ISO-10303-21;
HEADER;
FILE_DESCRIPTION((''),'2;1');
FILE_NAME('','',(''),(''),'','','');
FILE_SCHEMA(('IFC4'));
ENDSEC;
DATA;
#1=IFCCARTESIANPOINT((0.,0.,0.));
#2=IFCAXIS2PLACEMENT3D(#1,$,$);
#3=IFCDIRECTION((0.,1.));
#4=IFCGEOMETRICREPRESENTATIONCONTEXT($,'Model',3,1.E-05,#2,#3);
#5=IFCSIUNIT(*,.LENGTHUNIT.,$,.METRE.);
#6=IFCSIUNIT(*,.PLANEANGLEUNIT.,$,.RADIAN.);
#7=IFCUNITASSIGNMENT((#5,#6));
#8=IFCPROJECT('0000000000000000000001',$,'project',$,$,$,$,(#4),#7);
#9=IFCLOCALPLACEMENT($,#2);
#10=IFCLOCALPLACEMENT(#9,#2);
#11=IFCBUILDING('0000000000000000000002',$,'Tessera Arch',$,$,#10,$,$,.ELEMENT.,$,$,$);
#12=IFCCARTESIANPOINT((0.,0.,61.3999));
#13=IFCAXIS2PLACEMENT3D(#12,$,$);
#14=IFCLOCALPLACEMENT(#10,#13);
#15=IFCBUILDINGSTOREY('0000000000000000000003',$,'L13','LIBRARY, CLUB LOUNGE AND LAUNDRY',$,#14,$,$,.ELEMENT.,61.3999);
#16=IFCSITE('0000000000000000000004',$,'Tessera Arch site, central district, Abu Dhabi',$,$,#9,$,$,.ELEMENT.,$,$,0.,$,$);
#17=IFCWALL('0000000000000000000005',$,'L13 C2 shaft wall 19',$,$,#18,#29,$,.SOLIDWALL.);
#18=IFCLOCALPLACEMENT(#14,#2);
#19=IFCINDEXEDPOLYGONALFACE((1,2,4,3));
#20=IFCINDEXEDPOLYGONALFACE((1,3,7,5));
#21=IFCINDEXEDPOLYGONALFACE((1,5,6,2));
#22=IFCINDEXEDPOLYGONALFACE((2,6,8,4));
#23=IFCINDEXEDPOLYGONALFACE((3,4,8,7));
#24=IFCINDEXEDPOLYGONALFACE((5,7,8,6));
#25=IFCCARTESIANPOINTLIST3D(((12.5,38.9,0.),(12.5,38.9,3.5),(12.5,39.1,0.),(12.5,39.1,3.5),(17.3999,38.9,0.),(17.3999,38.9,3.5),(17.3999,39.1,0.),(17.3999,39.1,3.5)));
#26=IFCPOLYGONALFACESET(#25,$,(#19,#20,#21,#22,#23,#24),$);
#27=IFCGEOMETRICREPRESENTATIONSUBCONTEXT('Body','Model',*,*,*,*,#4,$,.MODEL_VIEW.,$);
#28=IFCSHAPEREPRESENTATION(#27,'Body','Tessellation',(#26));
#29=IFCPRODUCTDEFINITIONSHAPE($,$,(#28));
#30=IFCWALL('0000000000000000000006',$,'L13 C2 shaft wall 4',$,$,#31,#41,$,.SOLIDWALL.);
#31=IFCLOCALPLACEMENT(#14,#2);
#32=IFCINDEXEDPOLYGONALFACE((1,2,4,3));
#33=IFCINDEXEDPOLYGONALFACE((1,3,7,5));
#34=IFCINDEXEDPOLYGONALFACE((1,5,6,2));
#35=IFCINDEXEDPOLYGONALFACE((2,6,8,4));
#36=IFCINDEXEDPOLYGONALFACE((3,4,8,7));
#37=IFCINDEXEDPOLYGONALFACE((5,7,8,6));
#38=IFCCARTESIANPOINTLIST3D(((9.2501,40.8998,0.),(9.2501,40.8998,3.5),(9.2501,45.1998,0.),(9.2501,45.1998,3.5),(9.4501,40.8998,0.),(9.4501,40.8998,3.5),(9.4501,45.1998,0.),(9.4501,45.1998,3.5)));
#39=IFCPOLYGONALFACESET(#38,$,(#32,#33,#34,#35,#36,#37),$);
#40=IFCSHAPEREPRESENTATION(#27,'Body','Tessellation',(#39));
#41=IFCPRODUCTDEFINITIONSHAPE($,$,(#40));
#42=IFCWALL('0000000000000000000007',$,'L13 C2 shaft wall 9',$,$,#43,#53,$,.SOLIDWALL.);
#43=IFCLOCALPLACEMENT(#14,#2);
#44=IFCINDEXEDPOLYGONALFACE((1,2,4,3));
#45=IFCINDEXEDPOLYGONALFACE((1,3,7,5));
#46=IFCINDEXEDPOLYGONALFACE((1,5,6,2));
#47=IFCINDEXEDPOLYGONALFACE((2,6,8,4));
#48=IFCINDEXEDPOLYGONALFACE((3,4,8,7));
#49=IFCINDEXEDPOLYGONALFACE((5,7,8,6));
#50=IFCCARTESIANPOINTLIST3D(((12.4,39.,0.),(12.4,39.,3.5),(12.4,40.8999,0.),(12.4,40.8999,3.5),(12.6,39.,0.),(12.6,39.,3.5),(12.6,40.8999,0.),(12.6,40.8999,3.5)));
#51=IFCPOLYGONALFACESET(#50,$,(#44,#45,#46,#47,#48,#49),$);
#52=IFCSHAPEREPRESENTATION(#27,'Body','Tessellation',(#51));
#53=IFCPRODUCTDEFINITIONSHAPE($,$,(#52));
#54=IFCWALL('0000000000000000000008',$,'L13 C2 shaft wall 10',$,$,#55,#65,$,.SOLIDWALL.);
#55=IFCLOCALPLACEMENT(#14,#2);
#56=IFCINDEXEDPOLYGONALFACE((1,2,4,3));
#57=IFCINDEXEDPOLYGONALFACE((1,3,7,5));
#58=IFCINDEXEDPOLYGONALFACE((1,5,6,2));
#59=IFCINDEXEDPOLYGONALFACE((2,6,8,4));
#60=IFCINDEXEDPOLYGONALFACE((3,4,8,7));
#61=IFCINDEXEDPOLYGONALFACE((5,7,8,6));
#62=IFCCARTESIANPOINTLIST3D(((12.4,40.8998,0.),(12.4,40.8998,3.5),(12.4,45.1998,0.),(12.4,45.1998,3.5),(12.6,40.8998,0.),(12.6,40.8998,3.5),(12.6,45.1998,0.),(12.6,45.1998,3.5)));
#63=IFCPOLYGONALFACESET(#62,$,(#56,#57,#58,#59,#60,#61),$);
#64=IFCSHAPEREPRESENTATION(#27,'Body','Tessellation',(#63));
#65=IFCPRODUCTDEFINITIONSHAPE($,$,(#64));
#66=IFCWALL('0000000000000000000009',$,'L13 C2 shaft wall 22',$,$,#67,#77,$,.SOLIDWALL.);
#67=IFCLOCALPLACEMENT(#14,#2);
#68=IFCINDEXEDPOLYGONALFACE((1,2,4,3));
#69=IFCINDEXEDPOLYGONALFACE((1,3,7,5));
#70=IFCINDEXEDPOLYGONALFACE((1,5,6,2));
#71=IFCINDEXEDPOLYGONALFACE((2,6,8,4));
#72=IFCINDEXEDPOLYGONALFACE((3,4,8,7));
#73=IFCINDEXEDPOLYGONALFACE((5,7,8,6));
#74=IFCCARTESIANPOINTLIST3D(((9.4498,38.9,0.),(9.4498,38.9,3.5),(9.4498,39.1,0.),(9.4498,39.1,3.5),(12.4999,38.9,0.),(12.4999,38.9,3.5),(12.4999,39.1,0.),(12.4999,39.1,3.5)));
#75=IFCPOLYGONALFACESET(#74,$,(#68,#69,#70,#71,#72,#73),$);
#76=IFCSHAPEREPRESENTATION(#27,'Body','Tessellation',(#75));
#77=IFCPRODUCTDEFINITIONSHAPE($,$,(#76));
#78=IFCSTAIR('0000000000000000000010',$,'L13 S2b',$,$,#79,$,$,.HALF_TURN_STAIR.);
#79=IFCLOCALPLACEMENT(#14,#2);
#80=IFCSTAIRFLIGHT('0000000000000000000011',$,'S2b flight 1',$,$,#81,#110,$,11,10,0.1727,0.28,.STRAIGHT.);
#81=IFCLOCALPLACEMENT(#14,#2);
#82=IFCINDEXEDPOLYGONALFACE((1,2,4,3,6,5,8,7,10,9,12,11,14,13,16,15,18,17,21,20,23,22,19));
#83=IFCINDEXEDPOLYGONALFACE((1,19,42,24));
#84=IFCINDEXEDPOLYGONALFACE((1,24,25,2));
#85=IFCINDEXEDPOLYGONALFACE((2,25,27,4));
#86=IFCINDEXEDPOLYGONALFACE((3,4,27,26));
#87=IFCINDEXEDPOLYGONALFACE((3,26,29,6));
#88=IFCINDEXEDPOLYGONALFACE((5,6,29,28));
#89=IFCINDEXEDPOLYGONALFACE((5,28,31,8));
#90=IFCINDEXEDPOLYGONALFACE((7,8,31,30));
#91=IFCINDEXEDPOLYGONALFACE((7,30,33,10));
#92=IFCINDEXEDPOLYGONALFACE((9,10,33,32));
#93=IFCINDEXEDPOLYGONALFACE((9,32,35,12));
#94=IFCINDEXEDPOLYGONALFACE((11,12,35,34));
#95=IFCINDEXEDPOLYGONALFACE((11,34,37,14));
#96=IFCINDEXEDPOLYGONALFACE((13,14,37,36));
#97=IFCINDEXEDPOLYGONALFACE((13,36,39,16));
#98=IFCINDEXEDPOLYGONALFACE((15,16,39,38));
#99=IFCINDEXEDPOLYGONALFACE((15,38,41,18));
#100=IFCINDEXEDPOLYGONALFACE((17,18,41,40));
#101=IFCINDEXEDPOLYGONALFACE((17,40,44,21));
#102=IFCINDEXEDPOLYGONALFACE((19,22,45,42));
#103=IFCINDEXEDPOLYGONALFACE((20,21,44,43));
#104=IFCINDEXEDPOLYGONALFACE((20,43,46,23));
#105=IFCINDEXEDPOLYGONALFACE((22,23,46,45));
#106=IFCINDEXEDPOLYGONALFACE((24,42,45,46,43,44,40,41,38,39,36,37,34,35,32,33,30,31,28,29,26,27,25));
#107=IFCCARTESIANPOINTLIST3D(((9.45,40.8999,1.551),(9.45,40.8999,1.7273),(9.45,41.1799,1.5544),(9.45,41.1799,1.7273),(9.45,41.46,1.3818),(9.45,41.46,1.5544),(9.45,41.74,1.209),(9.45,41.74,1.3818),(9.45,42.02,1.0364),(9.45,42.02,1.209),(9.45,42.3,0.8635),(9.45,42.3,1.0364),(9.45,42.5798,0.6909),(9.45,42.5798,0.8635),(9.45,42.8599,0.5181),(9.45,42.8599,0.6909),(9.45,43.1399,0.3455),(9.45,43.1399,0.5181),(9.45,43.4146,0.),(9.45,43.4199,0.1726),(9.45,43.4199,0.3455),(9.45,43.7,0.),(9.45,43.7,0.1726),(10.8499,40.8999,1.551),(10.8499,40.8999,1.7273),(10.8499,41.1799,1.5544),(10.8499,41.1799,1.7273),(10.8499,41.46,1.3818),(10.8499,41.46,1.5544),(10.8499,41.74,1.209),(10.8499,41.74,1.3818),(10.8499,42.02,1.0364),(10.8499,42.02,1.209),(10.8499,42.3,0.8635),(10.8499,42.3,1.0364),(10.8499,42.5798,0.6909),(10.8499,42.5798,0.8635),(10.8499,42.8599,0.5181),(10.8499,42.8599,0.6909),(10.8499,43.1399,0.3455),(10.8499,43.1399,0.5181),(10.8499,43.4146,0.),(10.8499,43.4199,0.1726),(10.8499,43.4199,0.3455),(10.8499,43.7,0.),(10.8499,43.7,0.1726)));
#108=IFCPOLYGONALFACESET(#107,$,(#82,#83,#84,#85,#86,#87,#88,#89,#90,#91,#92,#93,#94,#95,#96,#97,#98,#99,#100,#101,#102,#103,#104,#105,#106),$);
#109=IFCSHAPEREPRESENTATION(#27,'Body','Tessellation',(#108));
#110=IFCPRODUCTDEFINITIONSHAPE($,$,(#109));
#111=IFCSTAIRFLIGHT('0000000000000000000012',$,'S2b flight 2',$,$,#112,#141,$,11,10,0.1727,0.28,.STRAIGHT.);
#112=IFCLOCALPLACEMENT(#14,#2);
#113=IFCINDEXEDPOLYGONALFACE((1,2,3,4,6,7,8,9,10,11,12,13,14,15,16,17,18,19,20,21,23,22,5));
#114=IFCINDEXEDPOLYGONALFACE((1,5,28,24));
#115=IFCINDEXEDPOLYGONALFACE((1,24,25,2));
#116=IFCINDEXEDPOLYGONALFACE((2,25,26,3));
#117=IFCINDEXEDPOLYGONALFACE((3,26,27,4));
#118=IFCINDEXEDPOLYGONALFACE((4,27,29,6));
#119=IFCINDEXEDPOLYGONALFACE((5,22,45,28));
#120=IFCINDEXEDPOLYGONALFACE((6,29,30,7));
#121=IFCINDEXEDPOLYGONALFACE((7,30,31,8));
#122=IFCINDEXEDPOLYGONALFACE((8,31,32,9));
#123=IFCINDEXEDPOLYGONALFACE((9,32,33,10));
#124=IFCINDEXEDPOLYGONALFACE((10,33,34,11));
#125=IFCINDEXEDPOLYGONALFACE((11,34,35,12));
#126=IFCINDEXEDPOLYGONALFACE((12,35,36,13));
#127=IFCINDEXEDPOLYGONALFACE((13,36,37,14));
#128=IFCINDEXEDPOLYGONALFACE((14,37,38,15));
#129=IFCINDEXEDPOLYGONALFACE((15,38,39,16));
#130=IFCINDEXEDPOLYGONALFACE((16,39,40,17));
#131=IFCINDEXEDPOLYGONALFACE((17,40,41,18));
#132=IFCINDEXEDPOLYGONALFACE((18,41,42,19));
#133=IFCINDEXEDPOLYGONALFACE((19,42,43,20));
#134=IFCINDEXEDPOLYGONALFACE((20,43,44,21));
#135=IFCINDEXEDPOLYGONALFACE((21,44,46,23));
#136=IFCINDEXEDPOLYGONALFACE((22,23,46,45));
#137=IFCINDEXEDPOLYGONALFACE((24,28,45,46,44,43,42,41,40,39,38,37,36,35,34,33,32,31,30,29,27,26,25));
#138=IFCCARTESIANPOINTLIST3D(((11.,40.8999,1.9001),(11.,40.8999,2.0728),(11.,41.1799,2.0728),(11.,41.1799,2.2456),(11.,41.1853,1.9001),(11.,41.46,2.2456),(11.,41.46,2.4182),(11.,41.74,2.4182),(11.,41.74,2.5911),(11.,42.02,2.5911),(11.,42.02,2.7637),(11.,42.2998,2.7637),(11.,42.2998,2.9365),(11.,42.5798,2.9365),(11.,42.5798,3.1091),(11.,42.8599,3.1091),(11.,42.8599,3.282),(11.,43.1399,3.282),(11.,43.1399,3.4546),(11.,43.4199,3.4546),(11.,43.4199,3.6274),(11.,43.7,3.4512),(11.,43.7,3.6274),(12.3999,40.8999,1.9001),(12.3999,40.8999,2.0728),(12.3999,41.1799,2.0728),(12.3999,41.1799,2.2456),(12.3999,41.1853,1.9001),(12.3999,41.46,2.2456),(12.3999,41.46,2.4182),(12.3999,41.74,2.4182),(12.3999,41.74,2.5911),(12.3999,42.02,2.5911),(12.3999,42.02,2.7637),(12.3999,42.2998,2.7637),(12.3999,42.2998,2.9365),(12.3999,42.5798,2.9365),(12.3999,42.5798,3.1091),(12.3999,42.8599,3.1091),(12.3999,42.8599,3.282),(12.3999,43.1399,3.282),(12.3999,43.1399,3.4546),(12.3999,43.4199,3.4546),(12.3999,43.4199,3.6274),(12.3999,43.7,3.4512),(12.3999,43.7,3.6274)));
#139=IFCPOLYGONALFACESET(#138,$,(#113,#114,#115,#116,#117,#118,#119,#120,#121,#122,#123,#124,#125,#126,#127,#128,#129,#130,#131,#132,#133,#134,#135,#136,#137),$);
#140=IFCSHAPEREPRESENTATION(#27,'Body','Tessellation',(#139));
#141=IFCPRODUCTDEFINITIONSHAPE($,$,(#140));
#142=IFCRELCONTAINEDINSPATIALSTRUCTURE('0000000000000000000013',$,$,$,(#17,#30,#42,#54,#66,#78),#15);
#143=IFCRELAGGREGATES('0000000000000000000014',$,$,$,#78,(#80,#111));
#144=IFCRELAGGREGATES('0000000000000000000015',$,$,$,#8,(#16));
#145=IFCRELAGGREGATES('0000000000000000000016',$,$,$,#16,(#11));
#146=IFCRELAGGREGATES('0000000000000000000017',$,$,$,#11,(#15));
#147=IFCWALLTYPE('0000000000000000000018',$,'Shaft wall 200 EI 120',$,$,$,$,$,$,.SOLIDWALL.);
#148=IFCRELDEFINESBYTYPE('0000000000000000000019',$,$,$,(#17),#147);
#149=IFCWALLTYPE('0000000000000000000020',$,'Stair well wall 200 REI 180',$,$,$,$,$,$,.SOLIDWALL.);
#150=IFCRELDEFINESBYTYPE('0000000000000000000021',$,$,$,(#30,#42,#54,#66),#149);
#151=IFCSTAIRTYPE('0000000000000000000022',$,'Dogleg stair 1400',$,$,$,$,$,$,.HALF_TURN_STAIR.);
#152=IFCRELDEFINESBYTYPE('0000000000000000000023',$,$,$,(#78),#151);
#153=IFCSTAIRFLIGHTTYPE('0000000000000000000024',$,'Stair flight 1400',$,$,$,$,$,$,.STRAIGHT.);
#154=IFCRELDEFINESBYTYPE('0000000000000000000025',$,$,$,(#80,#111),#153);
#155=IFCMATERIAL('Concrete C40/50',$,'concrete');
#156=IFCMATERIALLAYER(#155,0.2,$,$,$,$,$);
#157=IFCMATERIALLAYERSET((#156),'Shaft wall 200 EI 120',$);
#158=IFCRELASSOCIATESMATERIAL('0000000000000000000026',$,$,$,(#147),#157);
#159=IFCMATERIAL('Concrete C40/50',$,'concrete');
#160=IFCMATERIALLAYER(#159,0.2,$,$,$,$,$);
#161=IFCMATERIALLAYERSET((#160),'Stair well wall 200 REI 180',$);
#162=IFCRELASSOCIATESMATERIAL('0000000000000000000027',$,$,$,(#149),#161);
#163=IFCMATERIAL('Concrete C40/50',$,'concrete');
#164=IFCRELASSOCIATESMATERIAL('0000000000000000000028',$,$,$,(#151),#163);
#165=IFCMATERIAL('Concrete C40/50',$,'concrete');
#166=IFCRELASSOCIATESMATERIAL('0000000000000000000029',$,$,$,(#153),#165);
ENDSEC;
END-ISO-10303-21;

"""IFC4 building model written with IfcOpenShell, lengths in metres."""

from ifc_helpers import new_model, si_unit, direction, frame, frame_2d, origin, place, context, subcontext, project, spatial, polyline, rectangle, outline, extrude, material, layer, layer_set, type_object, element, aggregate, save


model = new_model("IFC4")

# Units and contexts
model_context = context("Model", 3, precision=1e-05, world=origin(), true_north=direction((0.0, 1.0)))
body_context = subcontext(model_context, "Body", "Model", "MODEL_VIEW")
ifc_project = project(units=[si_unit("LENGTHUNIT", "METRE"), si_unit("PLANEANGLEUNIT", "RADIAN")], contexts=[model_context])

# Site, building, storey
site_placement = place(None, origin())
site = spatial("IfcSite", under=ifc_project, at=site_placement, Name="Tessera Arch site, central district, Abu Dhabi", CompositionType="ELEMENT", RefElevation=0.0)
building_placement = place(site_placement, origin())
building = spatial("IfcBuilding", under=site, at=building_placement, Name="Tessera Arch", CompositionType="ELEMENT")
storey_placement = place(building_placement, frame((0.0, 0.0, 61.3999)))
storey = spatial("IfcBuildingStorey", under=building, at=storey_placement, Name="L13", Description="LIBRARY, CLUB LOUNGE AND LAUNDRY", CompositionType="ELEMENT", Elevation=61.3999)

# Walls
ifc_material_1 = material(Name="Concrete C40/50", Category="concrete")
ifc_layer_1 = layer(ifc_material_1, 0.2)
ifc_layer_set_1 = layer_set([ifc_layer_1], Name="Shaft wall 200 EI 120")
wall_type_1 = type_object("IfcWallType", Name="Shaft wall 200 EI 120", PredefinedType="SOLIDWALL", material=ifc_layer_set_1)
wall_1_placement = place(storey_placement, frame((12.5, 39.0, 0.0), z_axis=(0.0, 0.0, 1.0), x_axis=(1.0, 0.0, 0.0)))
element("IfcWall", 1, at=wall_1_placement, inside=storey, type_object=wall_type_1, Name="L13 C2 shaft wall 19", PredefinedType="SOLIDWALL", context=body_context, shape_type="SweptSolid", body=[
    extrude(rectangle(XDim=4.8999, YDim=0.2, at=frame_2d((2.45, 0.0))), origin(), (0.0, 0.0, 1.0), 3.5),
])
ifc_material_2 = material(Name="Concrete C40/50", Category="concrete")
ifc_layer_2 = layer(ifc_material_2, 0.2)
ifc_layer_set_2 = layer_set([ifc_layer_2], Name="Stair well wall 200 REI 180")
wall_type_2 = type_object("IfcWallType", Name="Stair well wall 200 REI 180", PredefinedType="SOLIDWALL", material=ifc_layer_set_2)
wall_2_placement = place(storey_placement, frame((9.3501, 40.8999, 0.0), z_axis=(0.0, 0.0, 1.0), x_axis=(0.0, 1.0, 0.0)))
element("IfcWall", 2, at=wall_2_placement, inside=storey, type_object=wall_type_2, Name="L13 C2 shaft wall 4", PredefinedType="SOLIDWALL", context=body_context, shape_type="SweptSolid", body=[
    extrude(rectangle(XDim=4.3, YDim=0.2, at=frame_2d((2.1499, 0.0))), origin(), (0.0, 0.0, 1.0), 3.5),
])
wall_3_placement = place(storey_placement, frame((12.5, 39.0, 0.0), z_axis=(0.0, 0.0, 1.0), x_axis=(0.0, 1.0, 0.0)))
element("IfcWall", 3, at=wall_3_placement, inside=storey, type_object=wall_type_2, Name="L13 C2 shaft wall 9", PredefinedType="SOLIDWALL", context=body_context, shape_type="SweptSolid", body=[
    extrude(rectangle(XDim=1.8999, YDim=0.2, at=frame_2d((0.95, 0.0))), origin(), (0.0, 0.0, 1.0), 3.5),
])
wall_4_placement = place(storey_placement, frame((12.5, 40.8999, 0.0), z_axis=(0.0, 0.0, 1.0), x_axis=(0.0, 1.0, 0.0)))
element("IfcWall", 4, at=wall_4_placement, inside=storey, type_object=wall_type_2, Name="L13 C2 shaft wall 10", PredefinedType="SOLIDWALL", context=body_context, shape_type="SweptSolid", body=[
    extrude(rectangle(XDim=4.3, YDim=0.2, at=frame_2d((2.1499, 0.0))), origin(), (0.0, 0.0, 1.0), 3.5),
])
wall_5_placement = place(storey_placement, frame((9.45, 39.0, 0.0), z_axis=(0.0, 0.0, 1.0), x_axis=(1.0, 0.0, 0.0)))
element("IfcWall", 5, at=wall_5_placement, inside=storey, type_object=wall_type_2, Name="L13 C2 shaft wall 22", PredefinedType="SOLIDWALL", context=body_context, shape_type="SweptSolid", body=[
    extrude(rectangle(XDim=3.05, YDim=0.2, at=frame_2d((1.5249, 0.0))), origin(), (0.0, 0.0, 1.0), 3.5),
])

# Stair, stair flights
ifc_material_3 = material(Name="Concrete C40/50", Category="concrete")
stair_type = type_object("IfcStairType", Name="Dogleg stair 1400", PredefinedType="HALF_TURN_STAIR", material=ifc_material_3)
stair_placement = place(storey_placement, origin())
stair = element("IfcStair", 6, at=stair_placement, inside=storey, type_object=stair_type, Name="L13 S2b", PredefinedType="HALF_TURN_STAIR")
ifc_material_4 = material(Name="Concrete C40/50", Category="concrete")
stair_flight_type = type_object("IfcStairFlightType", Name="Stair flight 1400", PredefinedType="STRAIGHT", material=ifc_material_4)
stair_flight_1_placement = place(storey_placement, frame((10.1499, 43.7, 0.0), z_axis=(0.0, 0.0, 1.0), x_axis=(0.0, -1.0, 0.0)))
stair_flight_1 = element("IfcStairFlight", 7, at=stair_flight_1_placement, type_object=stair_flight_type, Name="S2b flight 1", NumberOfRisers=11, NumberOfTreads=10, PredefinedType="STRAIGHT", RiserHeight=0.1727, TreadLength=0.28, context=body_context, shape_type="SweptSolid", body=[
    extrude(outline(polyline([(0.0, 0.0), (0.0, 0.1726), (0.28, 0.1726), (0.28, 0.3455), (0.5601, 0.3455), (0.5601, 0.5181), (0.8401, 0.5181), (0.8401, 0.6909), (1.1201, 0.6909), (1.1201, 0.8635), (1.3999, 0.8635), (1.3999, 1.0364), (1.6799, 1.0364), (1.6799, 1.209), (1.96, 1.209), (1.96, 1.3818), (2.24, 1.3818), (2.24, 1.5544), (2.52, 1.5544), (2.52, 1.7273), (2.8, 1.7273), (2.8, 1.8999), (2.8, 1.551), (0.2854, 0.0), (0.0, 0.0)])), frame((0.0, 0.7, 0.0), z_axis=(0.0, -1.0, 0.0), x_axis=(1.0, 0.0, 0.0)), (0.0, 0.0, 1.0), 1.3999),
])
stair_flight_2_placement = place(storey_placement, frame((11.7, 40.8999, 1.9001), z_axis=(0.0, 0.0, 1.0), x_axis=(0.0, 1.0, 0.0)))
stair_flight_2 = element("IfcStairFlight", 8, at=stair_flight_2_placement, type_object=stair_flight_type, Name="S2b flight 2", NumberOfRisers=11, NumberOfTreads=10, PredefinedType="STRAIGHT", RiserHeight=0.1727, TreadLength=0.28, context=body_context, shape_type="SweptSolid", body=[
    extrude(outline(polyline([(0.0, 0.0), (0.0, 0.1726), (0.28, 0.1726), (0.28, 0.3455), (0.5601, 0.3455), (0.5601, 0.5181), (0.8401, 0.5181), (0.8401, 0.6909), (1.1201, 0.6909), (1.1201, 0.8635), (1.3999, 0.8635), (1.3999, 1.0364), (1.6799, 1.0364), (1.6799, 1.209), (1.96, 1.209), (1.96, 1.3818), (2.24, 1.3818), (2.24, 1.5544), (2.52, 1.5544), (2.52, 1.7273), (2.8, 1.7273), (2.8, 1.8999), (2.8, 1.551), (0.2854, 0.0), (0.0, 0.0)])), frame((0.0, 0.7, 0.0), z_axis=(0.0, -1.0, 0.0), x_axis=(1.0, 0.0, 0.0)), (0.0, 0.0, 1.0), 1.3999),
])
aggregate(stair, [stair_flight_1, stair_flight_2])

save(model, "model.ifc")
